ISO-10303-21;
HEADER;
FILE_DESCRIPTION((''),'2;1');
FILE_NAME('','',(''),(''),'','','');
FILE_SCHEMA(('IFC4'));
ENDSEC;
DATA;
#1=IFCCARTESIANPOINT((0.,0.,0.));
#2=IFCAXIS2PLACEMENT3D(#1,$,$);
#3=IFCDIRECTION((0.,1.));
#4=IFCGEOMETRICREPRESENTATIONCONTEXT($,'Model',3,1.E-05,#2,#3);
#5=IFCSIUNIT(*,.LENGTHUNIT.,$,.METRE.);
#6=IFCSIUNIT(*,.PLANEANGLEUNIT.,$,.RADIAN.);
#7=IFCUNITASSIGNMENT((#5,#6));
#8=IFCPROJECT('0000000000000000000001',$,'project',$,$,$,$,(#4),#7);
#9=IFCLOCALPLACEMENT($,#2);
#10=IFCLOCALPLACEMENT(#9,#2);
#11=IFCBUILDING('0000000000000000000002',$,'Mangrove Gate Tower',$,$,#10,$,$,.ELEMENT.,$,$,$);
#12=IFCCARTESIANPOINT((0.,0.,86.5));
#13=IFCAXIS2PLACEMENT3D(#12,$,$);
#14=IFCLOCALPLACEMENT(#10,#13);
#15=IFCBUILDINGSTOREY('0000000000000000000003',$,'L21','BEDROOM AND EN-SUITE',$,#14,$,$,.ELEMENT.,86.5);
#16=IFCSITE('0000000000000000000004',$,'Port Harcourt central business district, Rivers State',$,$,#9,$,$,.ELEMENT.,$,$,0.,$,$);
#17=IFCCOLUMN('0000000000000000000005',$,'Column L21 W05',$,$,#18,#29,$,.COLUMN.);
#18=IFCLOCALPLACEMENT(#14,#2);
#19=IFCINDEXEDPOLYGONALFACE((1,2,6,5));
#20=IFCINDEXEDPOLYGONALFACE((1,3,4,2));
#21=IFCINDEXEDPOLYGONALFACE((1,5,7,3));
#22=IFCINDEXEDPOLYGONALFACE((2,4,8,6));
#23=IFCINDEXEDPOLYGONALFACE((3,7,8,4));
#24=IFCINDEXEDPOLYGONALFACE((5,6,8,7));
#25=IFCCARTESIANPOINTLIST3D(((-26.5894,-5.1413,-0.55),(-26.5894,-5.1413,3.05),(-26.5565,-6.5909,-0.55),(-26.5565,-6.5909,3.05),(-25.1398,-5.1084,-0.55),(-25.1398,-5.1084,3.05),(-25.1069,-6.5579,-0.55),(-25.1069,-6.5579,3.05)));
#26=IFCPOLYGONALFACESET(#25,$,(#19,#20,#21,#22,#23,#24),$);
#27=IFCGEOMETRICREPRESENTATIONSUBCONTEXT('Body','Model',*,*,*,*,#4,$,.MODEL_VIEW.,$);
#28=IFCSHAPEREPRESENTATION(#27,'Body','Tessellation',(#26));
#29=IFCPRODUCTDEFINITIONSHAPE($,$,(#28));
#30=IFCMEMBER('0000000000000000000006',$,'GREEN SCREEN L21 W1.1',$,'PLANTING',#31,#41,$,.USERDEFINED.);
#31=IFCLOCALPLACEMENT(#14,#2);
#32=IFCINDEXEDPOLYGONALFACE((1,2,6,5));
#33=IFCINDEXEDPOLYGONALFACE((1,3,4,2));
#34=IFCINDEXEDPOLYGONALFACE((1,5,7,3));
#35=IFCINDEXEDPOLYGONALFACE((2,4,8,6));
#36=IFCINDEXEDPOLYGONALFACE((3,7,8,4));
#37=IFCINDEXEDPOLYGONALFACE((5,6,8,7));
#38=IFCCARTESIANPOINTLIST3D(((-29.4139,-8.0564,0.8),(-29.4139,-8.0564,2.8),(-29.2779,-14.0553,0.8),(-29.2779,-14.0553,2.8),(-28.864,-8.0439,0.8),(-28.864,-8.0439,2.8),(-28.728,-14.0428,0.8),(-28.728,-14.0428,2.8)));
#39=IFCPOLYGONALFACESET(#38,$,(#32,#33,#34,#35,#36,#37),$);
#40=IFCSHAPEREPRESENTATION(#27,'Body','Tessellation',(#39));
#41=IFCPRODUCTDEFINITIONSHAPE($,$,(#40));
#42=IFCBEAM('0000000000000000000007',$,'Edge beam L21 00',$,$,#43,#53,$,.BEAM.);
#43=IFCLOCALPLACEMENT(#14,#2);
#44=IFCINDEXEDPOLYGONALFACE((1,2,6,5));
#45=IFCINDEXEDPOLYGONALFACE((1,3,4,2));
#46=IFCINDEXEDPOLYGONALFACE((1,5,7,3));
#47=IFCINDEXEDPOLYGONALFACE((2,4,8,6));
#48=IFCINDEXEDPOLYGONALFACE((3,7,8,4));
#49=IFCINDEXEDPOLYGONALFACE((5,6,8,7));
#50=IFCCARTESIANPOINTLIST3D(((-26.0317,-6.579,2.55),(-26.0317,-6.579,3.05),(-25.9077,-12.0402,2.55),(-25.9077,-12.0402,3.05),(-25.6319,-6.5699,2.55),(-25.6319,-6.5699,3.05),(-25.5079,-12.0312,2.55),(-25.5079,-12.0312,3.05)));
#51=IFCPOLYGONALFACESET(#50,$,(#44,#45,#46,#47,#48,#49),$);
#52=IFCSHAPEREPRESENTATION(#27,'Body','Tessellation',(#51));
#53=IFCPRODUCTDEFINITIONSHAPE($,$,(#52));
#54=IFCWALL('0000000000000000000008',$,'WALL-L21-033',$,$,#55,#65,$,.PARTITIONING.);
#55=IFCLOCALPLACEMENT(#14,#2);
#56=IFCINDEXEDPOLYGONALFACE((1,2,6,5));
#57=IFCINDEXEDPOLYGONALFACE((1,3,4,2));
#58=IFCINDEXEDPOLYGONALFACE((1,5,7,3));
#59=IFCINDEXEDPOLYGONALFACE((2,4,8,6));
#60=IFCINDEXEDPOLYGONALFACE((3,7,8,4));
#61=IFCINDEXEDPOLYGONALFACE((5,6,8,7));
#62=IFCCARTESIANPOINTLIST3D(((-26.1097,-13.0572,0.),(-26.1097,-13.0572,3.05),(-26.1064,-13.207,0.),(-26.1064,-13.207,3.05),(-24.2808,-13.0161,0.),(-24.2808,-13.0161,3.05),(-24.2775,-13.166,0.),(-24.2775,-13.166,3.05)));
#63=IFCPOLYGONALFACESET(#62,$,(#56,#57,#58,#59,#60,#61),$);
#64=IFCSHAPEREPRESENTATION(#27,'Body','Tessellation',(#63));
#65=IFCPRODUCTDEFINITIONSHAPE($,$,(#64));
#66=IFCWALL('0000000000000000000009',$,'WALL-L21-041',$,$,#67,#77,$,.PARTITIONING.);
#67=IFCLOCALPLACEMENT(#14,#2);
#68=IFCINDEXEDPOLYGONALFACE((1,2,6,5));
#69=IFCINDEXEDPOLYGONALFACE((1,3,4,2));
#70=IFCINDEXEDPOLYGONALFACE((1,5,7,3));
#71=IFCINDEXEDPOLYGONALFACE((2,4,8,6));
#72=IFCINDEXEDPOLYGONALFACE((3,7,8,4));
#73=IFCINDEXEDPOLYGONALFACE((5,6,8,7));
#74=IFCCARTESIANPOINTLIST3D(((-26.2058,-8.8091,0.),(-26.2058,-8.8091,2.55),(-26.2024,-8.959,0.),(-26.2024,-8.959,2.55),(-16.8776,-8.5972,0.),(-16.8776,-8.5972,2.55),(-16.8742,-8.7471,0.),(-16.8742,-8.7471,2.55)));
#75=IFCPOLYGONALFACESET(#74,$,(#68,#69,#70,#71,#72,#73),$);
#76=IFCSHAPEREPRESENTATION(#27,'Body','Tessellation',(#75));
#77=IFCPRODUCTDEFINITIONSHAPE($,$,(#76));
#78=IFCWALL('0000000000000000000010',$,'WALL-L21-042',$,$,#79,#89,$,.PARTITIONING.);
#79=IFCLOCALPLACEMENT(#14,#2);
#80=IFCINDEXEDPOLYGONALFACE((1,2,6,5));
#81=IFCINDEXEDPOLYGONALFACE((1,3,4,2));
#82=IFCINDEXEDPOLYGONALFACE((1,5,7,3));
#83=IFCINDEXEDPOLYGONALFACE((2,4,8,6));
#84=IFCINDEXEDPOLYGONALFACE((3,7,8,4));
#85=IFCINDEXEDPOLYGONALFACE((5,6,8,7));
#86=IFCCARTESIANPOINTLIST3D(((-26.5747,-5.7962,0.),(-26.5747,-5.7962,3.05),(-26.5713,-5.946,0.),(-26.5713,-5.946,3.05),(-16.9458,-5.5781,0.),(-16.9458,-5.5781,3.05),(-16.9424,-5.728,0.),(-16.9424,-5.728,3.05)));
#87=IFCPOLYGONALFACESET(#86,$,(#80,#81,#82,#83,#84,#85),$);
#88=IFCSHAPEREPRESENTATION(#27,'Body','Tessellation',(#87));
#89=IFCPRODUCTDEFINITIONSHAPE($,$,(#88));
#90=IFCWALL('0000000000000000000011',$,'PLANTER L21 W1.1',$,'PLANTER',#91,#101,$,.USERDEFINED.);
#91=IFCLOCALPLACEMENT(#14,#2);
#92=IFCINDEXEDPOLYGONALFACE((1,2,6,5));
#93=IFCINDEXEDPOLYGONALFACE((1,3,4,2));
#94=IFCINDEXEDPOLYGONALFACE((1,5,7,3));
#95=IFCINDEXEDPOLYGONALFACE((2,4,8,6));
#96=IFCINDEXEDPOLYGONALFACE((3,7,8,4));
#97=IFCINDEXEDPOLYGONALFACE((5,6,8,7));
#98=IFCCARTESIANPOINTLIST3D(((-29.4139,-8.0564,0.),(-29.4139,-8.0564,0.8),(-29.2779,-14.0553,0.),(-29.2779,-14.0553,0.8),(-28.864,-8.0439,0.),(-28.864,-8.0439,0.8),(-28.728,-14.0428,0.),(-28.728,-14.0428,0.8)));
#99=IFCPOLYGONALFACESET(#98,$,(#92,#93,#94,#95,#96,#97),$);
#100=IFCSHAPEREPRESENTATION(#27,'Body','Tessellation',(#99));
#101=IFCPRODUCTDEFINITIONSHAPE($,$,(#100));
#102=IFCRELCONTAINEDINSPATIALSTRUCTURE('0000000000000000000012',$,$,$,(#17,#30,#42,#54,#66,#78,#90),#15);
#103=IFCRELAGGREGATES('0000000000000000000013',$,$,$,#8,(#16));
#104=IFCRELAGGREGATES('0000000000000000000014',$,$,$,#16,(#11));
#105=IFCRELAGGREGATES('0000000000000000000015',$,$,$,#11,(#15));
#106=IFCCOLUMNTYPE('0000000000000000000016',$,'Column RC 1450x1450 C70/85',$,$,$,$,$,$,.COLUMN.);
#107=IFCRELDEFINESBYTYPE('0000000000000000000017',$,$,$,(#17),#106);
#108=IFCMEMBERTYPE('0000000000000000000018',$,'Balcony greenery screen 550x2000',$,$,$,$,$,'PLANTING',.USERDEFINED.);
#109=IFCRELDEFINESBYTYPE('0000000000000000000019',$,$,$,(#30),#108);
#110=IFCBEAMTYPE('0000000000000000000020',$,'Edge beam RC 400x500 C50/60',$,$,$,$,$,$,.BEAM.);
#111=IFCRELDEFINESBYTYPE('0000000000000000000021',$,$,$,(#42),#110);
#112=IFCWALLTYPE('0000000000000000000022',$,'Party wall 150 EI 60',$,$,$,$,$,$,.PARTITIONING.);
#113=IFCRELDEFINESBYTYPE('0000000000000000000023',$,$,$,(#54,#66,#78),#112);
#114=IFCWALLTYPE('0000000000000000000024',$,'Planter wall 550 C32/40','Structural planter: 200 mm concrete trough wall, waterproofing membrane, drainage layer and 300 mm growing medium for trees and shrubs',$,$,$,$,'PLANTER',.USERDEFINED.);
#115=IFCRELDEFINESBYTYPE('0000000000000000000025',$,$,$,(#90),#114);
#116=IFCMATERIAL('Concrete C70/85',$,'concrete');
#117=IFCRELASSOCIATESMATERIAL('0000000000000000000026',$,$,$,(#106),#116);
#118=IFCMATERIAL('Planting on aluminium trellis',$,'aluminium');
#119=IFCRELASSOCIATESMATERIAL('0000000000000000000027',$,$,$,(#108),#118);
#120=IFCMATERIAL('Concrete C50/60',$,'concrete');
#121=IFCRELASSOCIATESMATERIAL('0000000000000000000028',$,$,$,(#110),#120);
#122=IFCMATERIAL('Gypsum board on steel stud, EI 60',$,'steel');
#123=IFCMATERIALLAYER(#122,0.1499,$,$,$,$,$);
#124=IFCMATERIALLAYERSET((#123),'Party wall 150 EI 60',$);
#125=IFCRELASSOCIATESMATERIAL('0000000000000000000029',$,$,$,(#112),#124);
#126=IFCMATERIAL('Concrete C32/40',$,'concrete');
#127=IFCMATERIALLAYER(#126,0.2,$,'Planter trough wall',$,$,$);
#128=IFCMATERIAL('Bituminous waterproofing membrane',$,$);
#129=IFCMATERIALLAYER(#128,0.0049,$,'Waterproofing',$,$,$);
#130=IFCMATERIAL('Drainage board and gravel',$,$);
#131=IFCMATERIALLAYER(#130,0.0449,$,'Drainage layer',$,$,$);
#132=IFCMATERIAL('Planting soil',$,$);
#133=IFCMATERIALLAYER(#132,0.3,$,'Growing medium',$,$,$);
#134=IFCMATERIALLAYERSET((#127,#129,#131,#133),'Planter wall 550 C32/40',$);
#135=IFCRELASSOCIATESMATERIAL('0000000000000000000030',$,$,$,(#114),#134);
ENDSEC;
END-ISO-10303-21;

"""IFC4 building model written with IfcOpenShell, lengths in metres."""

from ifc_helpers import new_model, si_unit, direction, frame, frame_2d, origin, origin_2d, place, context, subcontext, project, spatial, rectangle, extrude, material, layer, layer_set, material_profile, profile_set, type_object, element, save


model = new_model("IFC4")

# Units and contexts
model_context = context("Model", 3, precision=1e-05, world=origin(), true_north=direction((0.0, 1.0)))
body_context = subcontext(model_context, "Body", "Model", "MODEL_VIEW")
ifc_project = project(units=[si_unit("LENGTHUNIT", "METRE"), si_unit("PLANEANGLEUNIT", "RADIAN")], contexts=[model_context])

# Site, building, storey
site_placement = place(None, origin())
site = spatial("IfcSite", under=ifc_project, at=site_placement, Name="Port Harcourt central business district, Rivers State", CompositionType="ELEMENT", RefElevation=0.0)
building_placement = place(site_placement, origin())
building = spatial("IfcBuilding", under=site, at=building_placement, Name="Mangrove Gate Tower", CompositionType="ELEMENT")
storey_placement = place(building_placement, frame((0.0, 0.0, 86.5)))
storey = spatial("IfcBuildingStorey", under=building, at=storey_placement, Name="L21", Description="BEDROOM AND EN-SUITE", CompositionType="ELEMENT", Elevation=86.5)

# Column
ifc_material_1 = material(Name="Concrete C70/85", Category="concrete")
ifc_material_profile_1 = material_profile(ifc_material_1, rectangle(XDim=1.45, YDim=1.45, at=origin_2d()))
ifc_profile_set_1 = profile_set([ifc_material_profile_1], Name="Concrete C70/85")
column_type = type_object("IfcColumnType", Name="Column RC 1450x1450 C70/85", PredefinedType="COLUMN", material=ifc_profile_set_1)
column_placement = place(storey_placement, frame((-25.8481, -5.8496, -0.55), z_axis=(0.0, 0.0, 1.0), x_axis=(0.022697, -0.999742, 0.0)))
element("IfcColumn", 1, at=column_placement, inside=storey, type_object=column_type, Name="Column L21 W05", PredefinedType="COLUMN", context=body_context, shape_type="SweptSolid", body=[
    extrude(rectangle(XDim=1.45, YDim=1.45, at=origin_2d()), origin(), (0.0, 0.0, 1.0), 3.6001),
])

# Member
ifc_material_2 = material(Name="Planting on aluminium trellis", Category="aluminium")
ifc_material_profile_2 = material_profile(ifc_material_2, rectangle(XDim=0.55, YDim=2.0, at=origin_2d()))
ifc_profile_set_2 = profile_set([ifc_material_profile_2], Name="Planting on aluminium trellis")
member_type = type_object("IfcMemberType", Name="Balcony greenery screen 550x2000", ElementType="PLANTING", PredefinedType="USERDEFINED", material=ifc_profile_set_2)
member_placement = place(storey_placement, frame((-29.0029, -14.0491, 1.8), z_axis=(-0.022662, 0.999743, 0.0), x_axis=(-0.999743, -0.022662, 0.0)))
element("IfcMember", 2, at=member_placement, inside=storey, type_object=member_type, Name="GREEN SCREEN L21 W1.1", ObjectType="PLANTING", PredefinedType="USERDEFINED", context=body_context, shape_type="SweptSolid", body=[
    extrude(rectangle(XDim=0.55, YDim=2.0, at=origin_2d()), origin(), (0.0, 0.0, 1.0), 6.0005),
])

# Beam
ifc_material_3 = material(Name="Concrete C50/60", Category="concrete")
ifc_material_profile_3 = material_profile(ifc_material_3, rectangle(XDim=0.3999, YDim=0.5, at=origin_2d()))
ifc_profile_set_3 = profile_set([ifc_material_profile_3], Name="Concrete C50/60")
beam_type = type_object("IfcBeamType", Name="Edge beam RC 400x500 C50/60", PredefinedType="BEAM", material=ifc_profile_set_3)
beam_placement = place(storey_placement, frame((-25.8318, -6.5745, 2.8), z_axis=(0.022704, -0.999742, 0.0), x_axis=(0.999742, 0.022704, 0.0)))
element("IfcBeam", 3, at=beam_placement, inside=storey, type_object=beam_type, Name="Edge beam L21 00", PredefinedType="BEAM", context=body_context, shape_type="SweptSolid", body=[
    extrude(rectangle(XDim=0.3999, YDim=0.5, at=origin_2d()), origin(), (0.0, 0.0, 1.0), 5.4626),
])

# Walls
ifc_material_4 = material(Name="Gypsum board on steel stud, EI 60", Category="steel")
ifc_layer_1 = layer(ifc_material_4, 0.1499)
ifc_layer_set_1 = layer_set([ifc_layer_1], Name="Party wall 150 EI 60")
wall_type_1 = type_object("IfcWallType", Name="Party wall 150 EI 60", PredefinedType="PARTITIONING", material=ifc_layer_set_1)
wall_1_placement = place(storey_placement, frame((-26.1079, -13.1321, 0.0), z_axis=(0.0, 0.0, 1.0), x_axis=(0.999749, 0.022421, 0.0)))
element("IfcWall", 4, at=wall_1_placement, inside=storey, type_object=wall_type_1, Name="WALL-L21-033", PredefinedType="PARTITIONING", context=body_context, shape_type="SweptSolid", body=[
    extrude(rectangle(XDim=1.8293, YDim=0.1499, at=frame_2d((0.9146, 0.0))), origin(), (0.0, 0.0, 1.0), 3.05),
])
wall_2_placement = place(storey_placement, frame((-26.2041, -8.884, 0.0), z_axis=(0.0, 0.0, 1.0), x_axis=(0.999742, 0.022712, 0.0)))
element("IfcWall", 5, at=wall_2_placement, inside=storey, type_object=wall_type_1, Name="WALL-L21-041", PredefinedType="PARTITIONING", context=body_context, shape_type="SweptSolid", body=[
    extrude(rectangle(XDim=9.3306, YDim=0.1499, at=frame_2d((4.6653, 0.0))), origin(), (0.0, 0.0, 1.0), 2.55),
])
wall_3_placement = place(storey_placement, frame((-26.573, -5.8711, 0.0), z_axis=(0.0, 0.0, 1.0), x_axis=(0.999744, 0.022636, 0.0)))
element("IfcWall", 6, at=wall_3_placement, inside=storey, type_object=wall_type_1, Name="WALL-L21-042", PredefinedType="PARTITIONING", context=body_context, shape_type="SweptSolid", body=[
    extrude(rectangle(XDim=9.6313, YDim=0.1499, at=frame_2d((4.8157, 0.0))), origin(), (0.0, 0.0, 1.0), 3.05),
])
ifc_material_5 = material(Name="Concrete C32/40", Category="concrete")
ifc_layer_2 = layer(ifc_material_5, 0.2, Name="Planter trough wall")
ifc_material_6 = material(Name="Bituminous waterproofing membrane")
ifc_layer_3 = layer(ifc_material_6, 0.0049, Name="Waterproofing")
ifc_material_7 = material(Name="Drainage board and gravel")
ifc_layer_4 = layer(ifc_material_7, 0.0449, Name="Drainage layer")
ifc_material_8 = material(Name="Planting soil")
ifc_layer_5 = layer(ifc_material_8, 0.3, Name="Growing medium")
ifc_layer_set_2 = layer_set([ifc_layer_2, ifc_layer_3, ifc_layer_4, ifc_layer_5], Name="Planter wall 550 C32/40")
wall_type_2 = type_object("IfcWallType", Name="Planter wall 550 C32/40", Description="Structural planter: 200 mm concrete trough wall, waterproofing membrane, drainage layer and 300 mm growing medium for trees and shrubs", ElementType="PLANTER", PredefinedType="USERDEFINED", material=ifc_layer_set_2)
wall_4_placement = place(storey_placement, frame((-29.0029, -14.0491, 0.0), z_axis=(0.0, 0.0, 1.0), x_axis=(-0.022662, 0.999743, 0.0)))
element("IfcWall", 7, at=wall_4_placement, inside=storey, type_object=wall_type_2, Name="PLANTER L21 W1.1", ObjectType="PLANTER", PredefinedType="USERDEFINED", context=body_context, shape_type="SweptSolid", body=[
    extrude(rectangle(XDim=6.0005, YDim=0.55, at=frame_2d((3.0002, 0.0))), origin(), (0.0, 0.0, 1.0), 0.8),
])

save(model, "model.ifc")
